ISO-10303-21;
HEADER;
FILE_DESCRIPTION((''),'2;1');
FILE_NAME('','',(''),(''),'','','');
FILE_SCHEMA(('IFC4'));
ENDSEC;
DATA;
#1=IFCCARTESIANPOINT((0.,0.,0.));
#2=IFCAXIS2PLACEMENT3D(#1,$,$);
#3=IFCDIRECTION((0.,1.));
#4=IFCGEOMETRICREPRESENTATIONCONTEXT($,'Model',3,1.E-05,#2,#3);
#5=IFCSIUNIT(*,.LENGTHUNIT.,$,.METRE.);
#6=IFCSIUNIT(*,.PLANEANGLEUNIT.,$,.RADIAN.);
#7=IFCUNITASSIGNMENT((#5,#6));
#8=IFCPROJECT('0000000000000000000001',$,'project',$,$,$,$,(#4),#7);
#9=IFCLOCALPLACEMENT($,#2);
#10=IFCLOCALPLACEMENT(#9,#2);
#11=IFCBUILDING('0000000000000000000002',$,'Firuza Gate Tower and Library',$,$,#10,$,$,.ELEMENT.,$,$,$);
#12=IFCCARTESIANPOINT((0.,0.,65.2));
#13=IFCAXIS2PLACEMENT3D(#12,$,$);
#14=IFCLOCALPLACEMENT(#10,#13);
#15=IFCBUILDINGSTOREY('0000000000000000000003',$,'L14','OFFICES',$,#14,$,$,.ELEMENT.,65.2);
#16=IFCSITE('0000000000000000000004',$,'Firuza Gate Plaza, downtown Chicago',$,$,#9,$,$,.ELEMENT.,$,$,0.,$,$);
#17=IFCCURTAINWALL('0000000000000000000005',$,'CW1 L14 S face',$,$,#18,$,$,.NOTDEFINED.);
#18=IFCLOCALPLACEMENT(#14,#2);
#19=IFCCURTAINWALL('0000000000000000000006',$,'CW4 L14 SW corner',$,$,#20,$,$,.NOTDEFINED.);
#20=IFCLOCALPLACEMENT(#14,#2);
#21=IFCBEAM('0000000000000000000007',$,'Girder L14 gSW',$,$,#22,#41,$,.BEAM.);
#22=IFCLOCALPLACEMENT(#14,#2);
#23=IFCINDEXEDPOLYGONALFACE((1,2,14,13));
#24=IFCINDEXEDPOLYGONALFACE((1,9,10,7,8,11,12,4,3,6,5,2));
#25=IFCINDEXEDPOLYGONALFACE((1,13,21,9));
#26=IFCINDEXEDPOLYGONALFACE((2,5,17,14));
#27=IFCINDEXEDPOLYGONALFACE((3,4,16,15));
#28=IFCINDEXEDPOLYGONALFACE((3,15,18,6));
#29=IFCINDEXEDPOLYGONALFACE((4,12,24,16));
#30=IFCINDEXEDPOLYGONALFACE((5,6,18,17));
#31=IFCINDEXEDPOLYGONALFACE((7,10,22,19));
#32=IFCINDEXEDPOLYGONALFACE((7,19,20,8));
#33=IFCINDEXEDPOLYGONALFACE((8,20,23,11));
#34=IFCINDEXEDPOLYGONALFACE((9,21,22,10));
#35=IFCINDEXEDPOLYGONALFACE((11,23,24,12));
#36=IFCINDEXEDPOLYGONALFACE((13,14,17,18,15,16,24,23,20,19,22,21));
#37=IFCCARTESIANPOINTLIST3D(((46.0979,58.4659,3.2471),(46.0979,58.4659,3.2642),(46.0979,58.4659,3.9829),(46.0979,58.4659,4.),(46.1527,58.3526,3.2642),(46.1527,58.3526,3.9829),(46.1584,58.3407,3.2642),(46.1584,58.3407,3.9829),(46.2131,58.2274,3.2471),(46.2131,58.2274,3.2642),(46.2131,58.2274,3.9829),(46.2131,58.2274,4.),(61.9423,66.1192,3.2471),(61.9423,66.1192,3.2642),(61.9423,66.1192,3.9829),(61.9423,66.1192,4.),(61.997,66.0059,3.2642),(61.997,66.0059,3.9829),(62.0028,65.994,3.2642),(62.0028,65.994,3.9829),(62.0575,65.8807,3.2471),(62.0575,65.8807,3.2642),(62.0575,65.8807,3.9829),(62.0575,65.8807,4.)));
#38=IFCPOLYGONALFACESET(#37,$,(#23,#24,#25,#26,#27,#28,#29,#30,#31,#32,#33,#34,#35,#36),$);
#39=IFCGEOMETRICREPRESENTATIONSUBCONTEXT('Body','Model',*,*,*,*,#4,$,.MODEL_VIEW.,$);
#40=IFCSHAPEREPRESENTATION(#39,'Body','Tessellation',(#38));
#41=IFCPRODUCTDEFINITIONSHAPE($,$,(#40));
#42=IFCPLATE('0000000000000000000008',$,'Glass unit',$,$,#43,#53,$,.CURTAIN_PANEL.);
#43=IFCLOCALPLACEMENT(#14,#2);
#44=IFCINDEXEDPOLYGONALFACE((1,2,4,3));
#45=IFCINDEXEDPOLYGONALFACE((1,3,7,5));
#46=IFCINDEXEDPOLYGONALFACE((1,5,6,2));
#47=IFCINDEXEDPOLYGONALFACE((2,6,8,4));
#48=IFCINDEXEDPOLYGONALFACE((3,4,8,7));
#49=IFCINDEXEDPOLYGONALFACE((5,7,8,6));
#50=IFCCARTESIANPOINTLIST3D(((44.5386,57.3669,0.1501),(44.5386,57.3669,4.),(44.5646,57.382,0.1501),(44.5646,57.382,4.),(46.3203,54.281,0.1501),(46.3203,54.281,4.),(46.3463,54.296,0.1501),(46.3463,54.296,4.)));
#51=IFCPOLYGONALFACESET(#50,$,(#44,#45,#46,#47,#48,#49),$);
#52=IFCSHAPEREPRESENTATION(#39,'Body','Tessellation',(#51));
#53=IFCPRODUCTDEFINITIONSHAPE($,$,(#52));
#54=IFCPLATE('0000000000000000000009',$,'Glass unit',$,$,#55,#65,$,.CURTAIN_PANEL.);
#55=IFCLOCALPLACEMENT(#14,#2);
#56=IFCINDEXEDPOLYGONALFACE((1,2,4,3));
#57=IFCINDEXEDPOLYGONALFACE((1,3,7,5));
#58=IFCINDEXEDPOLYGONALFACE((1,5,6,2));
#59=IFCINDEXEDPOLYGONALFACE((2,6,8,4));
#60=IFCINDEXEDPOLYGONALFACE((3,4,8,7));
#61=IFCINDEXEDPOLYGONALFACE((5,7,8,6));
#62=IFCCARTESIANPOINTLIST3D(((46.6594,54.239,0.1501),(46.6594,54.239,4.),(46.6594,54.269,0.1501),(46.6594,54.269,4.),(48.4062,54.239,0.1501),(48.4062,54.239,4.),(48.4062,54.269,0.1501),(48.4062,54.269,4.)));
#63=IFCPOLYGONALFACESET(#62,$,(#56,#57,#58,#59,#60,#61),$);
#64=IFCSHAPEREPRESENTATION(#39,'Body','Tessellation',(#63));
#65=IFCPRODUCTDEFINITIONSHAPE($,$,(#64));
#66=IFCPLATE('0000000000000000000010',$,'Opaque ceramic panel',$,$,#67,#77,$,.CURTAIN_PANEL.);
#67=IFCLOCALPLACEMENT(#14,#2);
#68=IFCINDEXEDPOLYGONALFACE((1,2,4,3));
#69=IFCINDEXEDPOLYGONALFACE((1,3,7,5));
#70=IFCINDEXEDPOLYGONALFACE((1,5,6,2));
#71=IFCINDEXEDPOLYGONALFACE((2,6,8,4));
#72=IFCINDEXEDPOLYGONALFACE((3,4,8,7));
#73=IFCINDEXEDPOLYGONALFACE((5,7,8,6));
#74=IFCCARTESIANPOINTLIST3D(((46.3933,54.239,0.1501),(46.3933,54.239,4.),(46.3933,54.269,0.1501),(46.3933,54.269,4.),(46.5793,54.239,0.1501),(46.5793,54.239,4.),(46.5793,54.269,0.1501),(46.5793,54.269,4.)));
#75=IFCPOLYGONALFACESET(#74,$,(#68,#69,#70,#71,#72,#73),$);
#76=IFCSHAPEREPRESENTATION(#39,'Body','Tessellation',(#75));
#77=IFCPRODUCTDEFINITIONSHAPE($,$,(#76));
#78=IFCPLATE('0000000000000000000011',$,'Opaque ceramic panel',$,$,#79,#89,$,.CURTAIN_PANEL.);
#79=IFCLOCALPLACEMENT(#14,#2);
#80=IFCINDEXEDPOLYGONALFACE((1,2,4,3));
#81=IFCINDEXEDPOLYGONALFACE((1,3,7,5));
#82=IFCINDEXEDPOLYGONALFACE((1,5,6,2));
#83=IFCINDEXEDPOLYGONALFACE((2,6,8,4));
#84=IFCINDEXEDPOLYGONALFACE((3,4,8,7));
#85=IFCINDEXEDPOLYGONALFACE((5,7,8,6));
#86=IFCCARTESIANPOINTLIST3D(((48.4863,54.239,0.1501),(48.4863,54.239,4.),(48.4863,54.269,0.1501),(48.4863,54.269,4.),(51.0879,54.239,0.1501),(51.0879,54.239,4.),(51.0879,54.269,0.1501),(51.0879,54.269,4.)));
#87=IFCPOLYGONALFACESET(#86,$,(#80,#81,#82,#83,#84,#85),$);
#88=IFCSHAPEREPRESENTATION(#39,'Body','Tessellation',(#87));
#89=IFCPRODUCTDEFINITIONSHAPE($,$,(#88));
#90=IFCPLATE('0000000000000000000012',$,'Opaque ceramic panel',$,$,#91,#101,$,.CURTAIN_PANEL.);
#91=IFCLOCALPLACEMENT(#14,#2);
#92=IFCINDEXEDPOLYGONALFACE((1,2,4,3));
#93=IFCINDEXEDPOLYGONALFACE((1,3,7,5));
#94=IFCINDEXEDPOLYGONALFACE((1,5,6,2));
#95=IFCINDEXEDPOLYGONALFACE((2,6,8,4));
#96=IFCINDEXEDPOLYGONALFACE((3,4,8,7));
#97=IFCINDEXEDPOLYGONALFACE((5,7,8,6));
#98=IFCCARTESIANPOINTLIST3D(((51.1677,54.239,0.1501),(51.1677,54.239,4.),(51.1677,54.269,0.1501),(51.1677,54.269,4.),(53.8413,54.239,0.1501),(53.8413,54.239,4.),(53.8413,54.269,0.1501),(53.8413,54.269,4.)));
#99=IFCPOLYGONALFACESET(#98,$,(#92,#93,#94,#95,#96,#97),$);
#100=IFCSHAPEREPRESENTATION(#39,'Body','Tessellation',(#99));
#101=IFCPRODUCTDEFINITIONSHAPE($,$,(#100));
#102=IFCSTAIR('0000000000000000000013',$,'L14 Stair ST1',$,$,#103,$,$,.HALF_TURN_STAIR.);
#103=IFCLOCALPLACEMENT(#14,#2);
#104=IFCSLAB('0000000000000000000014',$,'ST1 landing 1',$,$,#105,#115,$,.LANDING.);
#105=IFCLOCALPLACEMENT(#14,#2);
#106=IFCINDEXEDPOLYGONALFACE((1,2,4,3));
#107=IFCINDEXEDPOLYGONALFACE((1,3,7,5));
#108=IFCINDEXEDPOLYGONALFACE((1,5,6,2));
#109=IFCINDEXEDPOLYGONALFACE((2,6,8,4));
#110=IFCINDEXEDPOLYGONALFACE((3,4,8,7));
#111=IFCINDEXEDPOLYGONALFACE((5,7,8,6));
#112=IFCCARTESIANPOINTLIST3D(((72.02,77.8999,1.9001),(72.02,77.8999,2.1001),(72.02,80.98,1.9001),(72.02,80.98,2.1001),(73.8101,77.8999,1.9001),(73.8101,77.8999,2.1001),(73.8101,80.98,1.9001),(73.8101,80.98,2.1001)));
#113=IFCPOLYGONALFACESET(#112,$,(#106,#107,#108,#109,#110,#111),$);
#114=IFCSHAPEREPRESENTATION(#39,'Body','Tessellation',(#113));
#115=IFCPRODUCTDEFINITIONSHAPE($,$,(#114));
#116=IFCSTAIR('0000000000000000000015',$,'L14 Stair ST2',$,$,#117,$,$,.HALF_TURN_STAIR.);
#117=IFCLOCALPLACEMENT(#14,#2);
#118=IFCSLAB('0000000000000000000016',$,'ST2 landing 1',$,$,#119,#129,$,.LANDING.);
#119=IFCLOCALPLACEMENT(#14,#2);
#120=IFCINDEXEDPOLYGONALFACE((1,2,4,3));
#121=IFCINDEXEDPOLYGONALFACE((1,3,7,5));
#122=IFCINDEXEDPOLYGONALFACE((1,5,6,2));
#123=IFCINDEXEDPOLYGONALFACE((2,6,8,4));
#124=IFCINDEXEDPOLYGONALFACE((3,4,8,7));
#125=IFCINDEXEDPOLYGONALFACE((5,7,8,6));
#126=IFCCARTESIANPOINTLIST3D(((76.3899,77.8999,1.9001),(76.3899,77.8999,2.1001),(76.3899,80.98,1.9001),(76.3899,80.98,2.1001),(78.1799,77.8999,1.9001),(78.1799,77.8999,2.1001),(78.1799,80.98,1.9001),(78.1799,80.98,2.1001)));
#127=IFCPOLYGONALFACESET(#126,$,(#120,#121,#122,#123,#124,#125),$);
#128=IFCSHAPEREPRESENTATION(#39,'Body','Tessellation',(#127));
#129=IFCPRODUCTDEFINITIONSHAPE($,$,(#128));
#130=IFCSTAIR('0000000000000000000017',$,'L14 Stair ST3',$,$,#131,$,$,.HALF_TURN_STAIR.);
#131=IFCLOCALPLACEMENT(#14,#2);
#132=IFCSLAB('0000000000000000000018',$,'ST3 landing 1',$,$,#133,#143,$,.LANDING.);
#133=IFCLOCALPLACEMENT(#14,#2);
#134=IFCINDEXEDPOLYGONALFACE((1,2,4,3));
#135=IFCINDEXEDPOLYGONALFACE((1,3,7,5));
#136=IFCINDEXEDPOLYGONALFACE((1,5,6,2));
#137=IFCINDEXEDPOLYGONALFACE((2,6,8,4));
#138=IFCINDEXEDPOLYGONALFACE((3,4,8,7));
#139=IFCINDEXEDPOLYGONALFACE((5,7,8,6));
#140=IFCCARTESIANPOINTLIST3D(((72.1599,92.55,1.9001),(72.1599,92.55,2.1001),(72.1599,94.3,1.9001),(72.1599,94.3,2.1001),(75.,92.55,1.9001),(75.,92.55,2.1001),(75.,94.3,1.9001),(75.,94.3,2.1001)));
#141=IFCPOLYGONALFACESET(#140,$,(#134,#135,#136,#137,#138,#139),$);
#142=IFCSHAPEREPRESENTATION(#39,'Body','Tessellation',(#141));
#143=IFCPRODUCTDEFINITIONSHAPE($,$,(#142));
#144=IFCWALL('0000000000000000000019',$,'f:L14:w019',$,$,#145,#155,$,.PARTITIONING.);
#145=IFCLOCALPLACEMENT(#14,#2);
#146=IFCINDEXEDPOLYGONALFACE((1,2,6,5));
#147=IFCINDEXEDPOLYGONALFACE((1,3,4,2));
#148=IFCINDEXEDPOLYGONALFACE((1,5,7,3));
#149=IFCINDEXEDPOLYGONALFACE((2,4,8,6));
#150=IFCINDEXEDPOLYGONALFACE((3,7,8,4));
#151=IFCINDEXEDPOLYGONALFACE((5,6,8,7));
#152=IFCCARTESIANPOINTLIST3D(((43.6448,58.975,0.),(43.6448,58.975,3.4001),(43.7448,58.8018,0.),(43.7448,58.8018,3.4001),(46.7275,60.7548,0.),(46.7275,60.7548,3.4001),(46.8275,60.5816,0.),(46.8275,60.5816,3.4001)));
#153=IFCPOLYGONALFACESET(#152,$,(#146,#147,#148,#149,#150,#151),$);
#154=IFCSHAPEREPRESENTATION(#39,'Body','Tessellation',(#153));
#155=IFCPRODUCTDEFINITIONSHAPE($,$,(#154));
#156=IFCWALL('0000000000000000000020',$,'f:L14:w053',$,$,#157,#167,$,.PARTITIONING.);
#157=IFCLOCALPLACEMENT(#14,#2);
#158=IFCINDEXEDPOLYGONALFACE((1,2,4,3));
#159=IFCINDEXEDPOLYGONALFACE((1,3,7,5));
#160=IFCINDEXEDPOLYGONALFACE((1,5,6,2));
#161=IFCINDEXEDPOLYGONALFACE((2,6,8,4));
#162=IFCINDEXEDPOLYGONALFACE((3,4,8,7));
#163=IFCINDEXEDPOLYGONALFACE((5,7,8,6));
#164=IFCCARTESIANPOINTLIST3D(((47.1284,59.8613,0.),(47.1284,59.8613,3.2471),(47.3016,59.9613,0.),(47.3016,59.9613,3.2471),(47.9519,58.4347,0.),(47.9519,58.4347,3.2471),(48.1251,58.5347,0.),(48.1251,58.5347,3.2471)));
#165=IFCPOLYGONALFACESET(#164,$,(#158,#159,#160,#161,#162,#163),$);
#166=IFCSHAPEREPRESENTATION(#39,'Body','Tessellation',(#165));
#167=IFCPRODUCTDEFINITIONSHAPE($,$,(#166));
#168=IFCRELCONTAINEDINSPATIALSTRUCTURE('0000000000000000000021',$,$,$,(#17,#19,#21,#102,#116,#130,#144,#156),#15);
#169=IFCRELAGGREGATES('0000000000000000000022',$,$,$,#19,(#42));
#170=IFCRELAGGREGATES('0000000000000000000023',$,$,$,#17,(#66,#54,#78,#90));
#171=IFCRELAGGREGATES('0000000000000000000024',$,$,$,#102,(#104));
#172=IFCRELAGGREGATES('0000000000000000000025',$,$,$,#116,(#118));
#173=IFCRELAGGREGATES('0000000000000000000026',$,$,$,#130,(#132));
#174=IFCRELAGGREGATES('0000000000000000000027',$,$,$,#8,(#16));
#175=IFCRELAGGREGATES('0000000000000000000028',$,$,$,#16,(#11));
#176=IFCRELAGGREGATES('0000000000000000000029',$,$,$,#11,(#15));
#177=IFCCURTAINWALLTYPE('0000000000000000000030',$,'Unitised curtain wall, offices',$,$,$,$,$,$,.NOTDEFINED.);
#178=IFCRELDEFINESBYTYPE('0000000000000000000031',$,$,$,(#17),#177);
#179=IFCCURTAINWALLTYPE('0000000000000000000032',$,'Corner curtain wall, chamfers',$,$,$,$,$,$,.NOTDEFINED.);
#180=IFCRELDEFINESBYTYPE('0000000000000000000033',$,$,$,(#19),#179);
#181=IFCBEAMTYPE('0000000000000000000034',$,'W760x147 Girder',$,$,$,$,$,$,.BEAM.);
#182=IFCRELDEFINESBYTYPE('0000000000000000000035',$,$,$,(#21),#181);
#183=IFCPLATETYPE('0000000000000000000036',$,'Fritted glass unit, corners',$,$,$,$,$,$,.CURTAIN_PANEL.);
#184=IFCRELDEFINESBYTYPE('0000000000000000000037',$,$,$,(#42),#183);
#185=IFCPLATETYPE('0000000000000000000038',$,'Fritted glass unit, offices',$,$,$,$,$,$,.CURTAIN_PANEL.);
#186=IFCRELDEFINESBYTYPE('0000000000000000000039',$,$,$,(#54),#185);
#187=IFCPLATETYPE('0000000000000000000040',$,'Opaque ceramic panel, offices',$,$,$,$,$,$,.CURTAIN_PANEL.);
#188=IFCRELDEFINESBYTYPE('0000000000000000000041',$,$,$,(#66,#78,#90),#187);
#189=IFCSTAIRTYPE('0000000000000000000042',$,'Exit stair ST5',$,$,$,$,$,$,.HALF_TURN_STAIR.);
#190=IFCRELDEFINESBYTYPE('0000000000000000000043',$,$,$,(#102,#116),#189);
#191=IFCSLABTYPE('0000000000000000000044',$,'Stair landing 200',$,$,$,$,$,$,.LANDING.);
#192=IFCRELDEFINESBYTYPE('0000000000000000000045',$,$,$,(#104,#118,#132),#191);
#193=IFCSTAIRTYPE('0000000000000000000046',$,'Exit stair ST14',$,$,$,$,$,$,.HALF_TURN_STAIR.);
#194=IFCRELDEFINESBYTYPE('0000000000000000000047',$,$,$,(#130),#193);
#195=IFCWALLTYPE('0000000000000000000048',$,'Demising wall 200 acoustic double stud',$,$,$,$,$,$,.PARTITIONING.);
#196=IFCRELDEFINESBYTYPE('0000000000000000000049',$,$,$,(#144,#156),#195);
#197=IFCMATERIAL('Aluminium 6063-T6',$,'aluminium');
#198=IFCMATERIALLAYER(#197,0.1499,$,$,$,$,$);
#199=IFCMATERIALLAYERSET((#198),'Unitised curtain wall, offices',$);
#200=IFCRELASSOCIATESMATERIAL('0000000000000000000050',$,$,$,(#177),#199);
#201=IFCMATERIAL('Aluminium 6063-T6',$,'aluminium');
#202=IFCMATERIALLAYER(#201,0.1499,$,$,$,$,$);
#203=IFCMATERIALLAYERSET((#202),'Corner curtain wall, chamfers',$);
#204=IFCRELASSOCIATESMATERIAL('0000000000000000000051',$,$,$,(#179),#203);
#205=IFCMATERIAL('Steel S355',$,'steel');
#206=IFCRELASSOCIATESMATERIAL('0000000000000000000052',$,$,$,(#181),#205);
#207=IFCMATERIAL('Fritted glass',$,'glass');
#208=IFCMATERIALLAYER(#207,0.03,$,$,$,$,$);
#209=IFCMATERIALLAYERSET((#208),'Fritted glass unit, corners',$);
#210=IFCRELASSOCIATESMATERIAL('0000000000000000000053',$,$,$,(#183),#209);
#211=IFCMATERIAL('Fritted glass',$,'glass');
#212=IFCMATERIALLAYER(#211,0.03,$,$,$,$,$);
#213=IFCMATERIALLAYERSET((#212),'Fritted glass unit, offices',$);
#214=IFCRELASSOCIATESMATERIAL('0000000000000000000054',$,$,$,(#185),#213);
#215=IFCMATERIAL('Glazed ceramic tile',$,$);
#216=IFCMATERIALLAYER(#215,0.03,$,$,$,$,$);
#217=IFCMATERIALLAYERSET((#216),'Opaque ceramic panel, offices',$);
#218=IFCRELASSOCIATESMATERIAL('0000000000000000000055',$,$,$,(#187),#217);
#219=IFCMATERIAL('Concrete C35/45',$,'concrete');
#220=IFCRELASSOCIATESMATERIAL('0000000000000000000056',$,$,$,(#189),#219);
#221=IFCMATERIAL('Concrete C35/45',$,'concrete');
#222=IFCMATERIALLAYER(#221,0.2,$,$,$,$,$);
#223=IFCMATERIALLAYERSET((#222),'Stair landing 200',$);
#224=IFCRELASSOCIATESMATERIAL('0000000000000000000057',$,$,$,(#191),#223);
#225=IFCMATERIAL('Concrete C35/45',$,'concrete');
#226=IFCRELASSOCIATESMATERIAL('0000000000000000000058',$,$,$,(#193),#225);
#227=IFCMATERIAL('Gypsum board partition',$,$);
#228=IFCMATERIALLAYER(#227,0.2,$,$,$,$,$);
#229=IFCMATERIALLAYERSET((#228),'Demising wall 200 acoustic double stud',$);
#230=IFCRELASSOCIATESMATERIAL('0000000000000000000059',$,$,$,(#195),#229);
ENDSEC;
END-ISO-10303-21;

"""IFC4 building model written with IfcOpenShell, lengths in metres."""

from ifc_helpers import new_model, si_unit, direction, frame, frame_2d, origin, origin_2d, place, context, subcontext, project, spatial, polyline, rectangle, i_section, outline, extrude, material, layer, layer_set, material_profile, profile_set, type_object, element, aggregate, save


model = new_model("IFC4")

# Units and contexts
model_context = context("Model", 3, precision=1e-05, world=origin(), true_north=direction((0.0, 1.0)))
body_context = subcontext(model_context, "Body", "Model", "MODEL_VIEW")
ifc_project = project(units=[si_unit("LENGTHUNIT", "METRE"), si_unit("PLANEANGLEUNIT", "RADIAN")], contexts=[model_context])

# Site, building, storey
site_placement = place(None, origin())
site = spatial("IfcSite", under=ifc_project, at=site_placement, Name="Firuza Gate Plaza, downtown Chicago", CompositionType="ELEMENT", RefElevation=0.0)
building_placement = place(site_placement, origin())
building = spatial("IfcBuilding", under=site, at=building_placement, Name="Firuza Gate Tower and Library", CompositionType="ELEMENT")
storey_placement = place(building_placement, frame((0.0, 0.0, 65.2)))
storey = spatial("IfcBuildingStorey", under=building, at=storey_placement, Name="L14", Description="OFFICES", CompositionType="ELEMENT", Elevation=65.2)

# Curtain walls
ifc_material_1 = material(Name="Aluminium 6063-T6", Category="aluminium")
ifc_layer_1 = layer(ifc_material_1, 0.1499)
ifc_layer_set_1 = layer_set([ifc_layer_1], Name="Unitised curtain wall, offices")
curtain_wall_type_1 = type_object("IfcCurtainWallType", Name="Unitised curtain wall, offices", PredefinedType="NOTDEFINED", material=ifc_layer_set_1)
placement_1 = place(storey_placement, origin())
curtain_wall_1 = element("IfcCurtainWall", 1, at=placement_1, inside=storey, type_object=curtain_wall_type_1, Name="CW1 L14 S face", PredefinedType="NOTDEFINED")
ifc_material_2 = material(Name="Aluminium 6063-T6", Category="aluminium")
ifc_layer_2 = layer(ifc_material_2, 0.1499)
ifc_layer_set_2 = layer_set([ifc_layer_2], Name="Corner curtain wall, chamfers")
curtain_wall_type_2 = type_object("IfcCurtainWallType", Name="Corner curtain wall, chamfers", PredefinedType="NOTDEFINED", material=ifc_layer_set_2)
curtain_wall_2 = element("IfcCurtainWall", 2, at=placement_1, inside=storey, type_object=curtain_wall_type_2, Name="CW4 L14 SW corner", PredefinedType="NOTDEFINED")

# Beam
ifc_material_3 = material(Name="Steel S355", Category="steel")
ifc_material_profile_1 = material_profile(ifc_material_3, i_section(OverallWidth=0.2649, OverallDepth=0.7529, WebThickness=0.0132, FlangeThickness=0.0171, at=origin_2d()))
ifc_profile_set_1 = profile_set([ifc_material_profile_1], Name="Steel S355")
beam_type_1 = type_object("IfcBeamType", Name="W760x147 Girder", PredefinedType="BEAM", material=ifc_profile_set_1)
beam_1_placement = place(storey_placement, frame((46.1555, 58.3467, 3.6235), z_axis=(0.900457, 0.434945, 0.0), x_axis=(-0.434945, 0.900457, 0.0)))
element("IfcBeam", 3, at=beam_1_placement, inside=storey, type_object=beam_type_1, Name="Girder L14 gSW", PredefinedType="BEAM", context=body_context, shape_type="SweptSolid", body=[
    extrude(i_section(OverallWidth=0.2649, OverallDepth=0.7529, WebThickness=0.0132, FlangeThickness=0.0171, at=origin_2d()), origin(), (0.0, 0.0, 1.0), 17.5959),
])

# Plates
ifc_material_4 = material(Name="Fritted glass", Category="glass")
ifc_layer_3 = layer(ifc_material_4, 0.03)
ifc_layer_set_3 = layer_set([ifc_layer_3], Name="Fritted glass unit, corners")
plate_type_1 = type_object("IfcPlateType", Name="Fritted glass unit, corners", PredefinedType="CURTAIN_PANEL", material=ifc_layer_set_3)
plate_1_placement = place(storey_placement, frame((44.5386, 57.3669, 0.1501), z_axis=(-0.866017, -0.500015, 0.0), x_axis=(0.500015, -0.866017, 0.0)))
plate_1 = element("IfcPlate", 4, at=plate_1_placement, type_object=plate_type_1, Name="Glass unit", PredefinedType="CURTAIN_PANEL", context=body_context, shape_type="SweptSolid", body=[
    extrude(outline(polyline([(0.0, 0.0), (3.5634, 0.0), (3.5634, 3.8499), (0.0, 3.8499), (0.0, 0.0)])), origin(), (0.0, 0.0, -1.0), 0.03),
])
aggregate(curtain_wall_2, [plate_1])
ifc_material_5 = material(Name="Fritted glass", Category="glass")
ifc_layer_4 = layer(ifc_material_5, 0.03)
ifc_layer_set_4 = layer_set([ifc_layer_4], Name="Fritted glass unit, offices")
plate_type_2 = type_object("IfcPlateType", Name="Fritted glass unit, offices", PredefinedType="CURTAIN_PANEL", material=ifc_layer_set_4)
plate_2_placement = place(storey_placement, frame((46.6594, 54.239, 0.1501), z_axis=(0.0, -1.0, 0.0), x_axis=(1.0, 0.0, 0.0)))
plate_2 = element("IfcPlate", 5, at=plate_2_placement, type_object=plate_type_2, Name="Glass unit", PredefinedType="CURTAIN_PANEL", context=body_context, shape_type="SweptSolid", body=[
    extrude(outline(polyline([(0.0, 0.0), (1.7468, 0.0), (1.7468, 3.8499), (0.0, 3.8499), (0.0, 0.0)])), origin(), (0.0, 0.0, -1.0), 0.03),
])
ifc_material_6 = material(Name="Glazed ceramic tile")
ifc_layer_5 = layer(ifc_material_6, 0.03)
ifc_layer_set_5 = layer_set([ifc_layer_5], Name="Opaque ceramic panel, offices")
plate_type_3 = type_object("IfcPlateType", Name="Opaque ceramic panel, offices", PredefinedType="CURTAIN_PANEL", material=ifc_layer_set_5)
plate_3_placement = place(storey_placement, frame((46.3933, 54.239, 0.1501), z_axis=(0.0, -1.0, 0.0), x_axis=(1.0, 0.0, 0.0)))
plate_3 = element("IfcPlate", 6, at=plate_3_placement, type_object=plate_type_3, Name="Opaque ceramic panel", PredefinedType="CURTAIN_PANEL", context=body_context, shape_type="SweptSolid", body=[
    extrude(outline(polyline([(0.0, 0.0), (0.186, 0.0), (0.186, 3.8499), (0.0, 3.8499), (0.0, 0.0)])), origin(), (0.0, 0.0, -1.0), 0.03),
])
plate_4_placement = place(storey_placement, frame((48.4863, 54.239, 0.1501), z_axis=(0.0, -1.0, 0.0), x_axis=(1.0, 0.0, 0.0)))
plate_4 = element("IfcPlate", 7, at=plate_4_placement, type_object=plate_type_3, Name="Opaque ceramic panel", PredefinedType="CURTAIN_PANEL", context=body_context, shape_type="SweptSolid", body=[
    extrude(outline(polyline([(0.0, 0.0), (2.6016, 0.0), (2.6016, 3.8499), (0.0, 3.8499), (0.0, 0.0)])), origin(), (0.0, 0.0, -1.0), 0.03),
])
plate_5_placement = place(storey_placement, frame((51.1677, 54.239, 0.1501), z_axis=(0.0, -1.0, 0.0), x_axis=(1.0, 0.0, 0.0)))
plate_5 = element("IfcPlate", 8, at=plate_5_placement, type_object=plate_type_3, Name="Opaque ceramic panel", PredefinedType="CURTAIN_PANEL", context=body_context, shape_type="SweptSolid", body=[
    extrude(outline(polyline([(0.0, 0.0), (2.6736, 0.0), (2.6736, 3.8499), (0.0, 3.8499), (0.0, 0.0)])), origin(), (0.0, 0.0, -1.0), 0.03),
])
aggregate(curtain_wall_1, [plate_3, plate_2, plate_4, plate_5])

# Stairs, slabs
ifc_material_7 = material(Name="Concrete C35/45", Category="concrete")
stair_type_1 = type_object("IfcStairType", Name="Exit stair ST5", PredefinedType="HALF_TURN_STAIR", material=ifc_material_7)
stair_1 = element("IfcStair", 9, at=placement_1, inside=storey, type_object=stair_type_1, Name="L14 Stair ST1", PredefinedType="HALF_TURN_STAIR")
ifc_material_8 = material(Name="Concrete C35/45", Category="concrete")
ifc_layer_6 = layer(ifc_material_8, 0.2)
ifc_layer_set_6 = layer_set([ifc_layer_6], Name="Stair landing 200")
slab_type_1 = type_object("IfcSlabType", Name="Stair landing 200", PredefinedType="LANDING", material=ifc_layer_set_6)
placement_2 = place(storey_placement, frame((0.0, 0.0, 1.9001)))
slab_1 = element("IfcSlab", 10, at=placement_2, type_object=slab_type_1, Name="ST1 landing 1", PredefinedType="LANDING", context=body_context, shape_type="SweptSolid", body=[
    extrude(outline(polyline([(72.02, 77.8999), (73.8101, 77.8999), (73.8101, 80.98), (72.02, 80.98), (72.02, 77.8999)])), origin(), (0.0, 0.0, 1.0), 0.2),
])
aggregate(stair_1, [slab_1])
stair_2 = element("IfcStair", 11, at=placement_1, inside=storey, type_object=stair_type_1, Name="L14 Stair ST2", PredefinedType="HALF_TURN_STAIR")
slab_2 = element("IfcSlab", 12, at=placement_2, type_object=slab_type_1, Name="ST2 landing 1", PredefinedType="LANDING", context=body_context, shape_type="SweptSolid", body=[
    extrude(outline(polyline([(78.1799, 80.98), (76.3899, 80.98), (76.3899, 77.8999), (78.1799, 77.8999), (78.1799, 80.98)])), origin(), (0.0, 0.0, 1.0), 0.2),
])
aggregate(stair_2, [slab_2])
ifc_material_9 = material(Name="Concrete C35/45", Category="concrete")
stair_type_2 = type_object("IfcStairType", Name="Exit stair ST14", PredefinedType="HALF_TURN_STAIR", material=ifc_material_9)
stair_3 = element("IfcStair", 13, at=placement_1, inside=storey, type_object=stair_type_2, Name="L14 Stair ST3", PredefinedType="HALF_TURN_STAIR")
slab_3 = element("IfcSlab", 14, at=placement_2, type_object=slab_type_1, Name="ST3 landing 1", PredefinedType="LANDING", context=body_context, shape_type="SweptSolid", body=[
    extrude(outline(polyline([(75.0, 92.55), (75.0, 94.3), (72.1599, 94.3), (72.1599, 92.55), (75.0, 92.55)])), origin(), (0.0, 0.0, 1.0), 0.2),
])
aggregate(stair_3, [slab_3])

# Walls
ifc_material_10 = material(Name="Gypsum board partition")
ifc_layer_7 = layer(ifc_material_10, 0.2)
ifc_layer_set_7 = layer_set([ifc_layer_7], Name="Demising wall 200 acoustic double stud")
wall_type_1 = type_object("IfcWallType", Name="Demising wall 200 acoustic double stud", PredefinedType="PARTITIONING", material=ifc_layer_set_7)
wall_1_placement = place(storey_placement, frame((43.6948, 58.8884, 0.0), z_axis=(0.0, 0.0, 1.0), x_axis=(0.866031, 0.49999, 0.0)))
element("IfcWall", 15, at=wall_1_placement, inside=storey, type_object=wall_type_1, Name="f:L14:w019", PredefinedType="PARTITIONING", context=body_context, shape_type="SweptSolid", body=[
    extrude(rectangle(XDim=3.5596, YDim=0.2, at=frame_2d((1.7798, 0.0))), origin(), (0.0, 0.0, 1.0), 3.4001),
])
wall_2_placement = place(storey_placement, frame((48.0386, 58.4846, 0.0), z_axis=(0.0, 0.0, 1.0), x_axis=(-0.499949, 0.866055, 0.0)))
element("IfcWall", 16, at=wall_2_placement, inside=storey, type_object=wall_type_1, Name="f:L14:w053", PredefinedType="PARTITIONING", context=body_context, shape_type="SweptSolid", body=[
    extrude(rectangle(XDim=1.6472, YDim=0.2, at=frame_2d((0.8237, 0.0))), origin(), (0.0, 0.0, 1.0), 3.2471),
])

save(model, "model.ifc")
